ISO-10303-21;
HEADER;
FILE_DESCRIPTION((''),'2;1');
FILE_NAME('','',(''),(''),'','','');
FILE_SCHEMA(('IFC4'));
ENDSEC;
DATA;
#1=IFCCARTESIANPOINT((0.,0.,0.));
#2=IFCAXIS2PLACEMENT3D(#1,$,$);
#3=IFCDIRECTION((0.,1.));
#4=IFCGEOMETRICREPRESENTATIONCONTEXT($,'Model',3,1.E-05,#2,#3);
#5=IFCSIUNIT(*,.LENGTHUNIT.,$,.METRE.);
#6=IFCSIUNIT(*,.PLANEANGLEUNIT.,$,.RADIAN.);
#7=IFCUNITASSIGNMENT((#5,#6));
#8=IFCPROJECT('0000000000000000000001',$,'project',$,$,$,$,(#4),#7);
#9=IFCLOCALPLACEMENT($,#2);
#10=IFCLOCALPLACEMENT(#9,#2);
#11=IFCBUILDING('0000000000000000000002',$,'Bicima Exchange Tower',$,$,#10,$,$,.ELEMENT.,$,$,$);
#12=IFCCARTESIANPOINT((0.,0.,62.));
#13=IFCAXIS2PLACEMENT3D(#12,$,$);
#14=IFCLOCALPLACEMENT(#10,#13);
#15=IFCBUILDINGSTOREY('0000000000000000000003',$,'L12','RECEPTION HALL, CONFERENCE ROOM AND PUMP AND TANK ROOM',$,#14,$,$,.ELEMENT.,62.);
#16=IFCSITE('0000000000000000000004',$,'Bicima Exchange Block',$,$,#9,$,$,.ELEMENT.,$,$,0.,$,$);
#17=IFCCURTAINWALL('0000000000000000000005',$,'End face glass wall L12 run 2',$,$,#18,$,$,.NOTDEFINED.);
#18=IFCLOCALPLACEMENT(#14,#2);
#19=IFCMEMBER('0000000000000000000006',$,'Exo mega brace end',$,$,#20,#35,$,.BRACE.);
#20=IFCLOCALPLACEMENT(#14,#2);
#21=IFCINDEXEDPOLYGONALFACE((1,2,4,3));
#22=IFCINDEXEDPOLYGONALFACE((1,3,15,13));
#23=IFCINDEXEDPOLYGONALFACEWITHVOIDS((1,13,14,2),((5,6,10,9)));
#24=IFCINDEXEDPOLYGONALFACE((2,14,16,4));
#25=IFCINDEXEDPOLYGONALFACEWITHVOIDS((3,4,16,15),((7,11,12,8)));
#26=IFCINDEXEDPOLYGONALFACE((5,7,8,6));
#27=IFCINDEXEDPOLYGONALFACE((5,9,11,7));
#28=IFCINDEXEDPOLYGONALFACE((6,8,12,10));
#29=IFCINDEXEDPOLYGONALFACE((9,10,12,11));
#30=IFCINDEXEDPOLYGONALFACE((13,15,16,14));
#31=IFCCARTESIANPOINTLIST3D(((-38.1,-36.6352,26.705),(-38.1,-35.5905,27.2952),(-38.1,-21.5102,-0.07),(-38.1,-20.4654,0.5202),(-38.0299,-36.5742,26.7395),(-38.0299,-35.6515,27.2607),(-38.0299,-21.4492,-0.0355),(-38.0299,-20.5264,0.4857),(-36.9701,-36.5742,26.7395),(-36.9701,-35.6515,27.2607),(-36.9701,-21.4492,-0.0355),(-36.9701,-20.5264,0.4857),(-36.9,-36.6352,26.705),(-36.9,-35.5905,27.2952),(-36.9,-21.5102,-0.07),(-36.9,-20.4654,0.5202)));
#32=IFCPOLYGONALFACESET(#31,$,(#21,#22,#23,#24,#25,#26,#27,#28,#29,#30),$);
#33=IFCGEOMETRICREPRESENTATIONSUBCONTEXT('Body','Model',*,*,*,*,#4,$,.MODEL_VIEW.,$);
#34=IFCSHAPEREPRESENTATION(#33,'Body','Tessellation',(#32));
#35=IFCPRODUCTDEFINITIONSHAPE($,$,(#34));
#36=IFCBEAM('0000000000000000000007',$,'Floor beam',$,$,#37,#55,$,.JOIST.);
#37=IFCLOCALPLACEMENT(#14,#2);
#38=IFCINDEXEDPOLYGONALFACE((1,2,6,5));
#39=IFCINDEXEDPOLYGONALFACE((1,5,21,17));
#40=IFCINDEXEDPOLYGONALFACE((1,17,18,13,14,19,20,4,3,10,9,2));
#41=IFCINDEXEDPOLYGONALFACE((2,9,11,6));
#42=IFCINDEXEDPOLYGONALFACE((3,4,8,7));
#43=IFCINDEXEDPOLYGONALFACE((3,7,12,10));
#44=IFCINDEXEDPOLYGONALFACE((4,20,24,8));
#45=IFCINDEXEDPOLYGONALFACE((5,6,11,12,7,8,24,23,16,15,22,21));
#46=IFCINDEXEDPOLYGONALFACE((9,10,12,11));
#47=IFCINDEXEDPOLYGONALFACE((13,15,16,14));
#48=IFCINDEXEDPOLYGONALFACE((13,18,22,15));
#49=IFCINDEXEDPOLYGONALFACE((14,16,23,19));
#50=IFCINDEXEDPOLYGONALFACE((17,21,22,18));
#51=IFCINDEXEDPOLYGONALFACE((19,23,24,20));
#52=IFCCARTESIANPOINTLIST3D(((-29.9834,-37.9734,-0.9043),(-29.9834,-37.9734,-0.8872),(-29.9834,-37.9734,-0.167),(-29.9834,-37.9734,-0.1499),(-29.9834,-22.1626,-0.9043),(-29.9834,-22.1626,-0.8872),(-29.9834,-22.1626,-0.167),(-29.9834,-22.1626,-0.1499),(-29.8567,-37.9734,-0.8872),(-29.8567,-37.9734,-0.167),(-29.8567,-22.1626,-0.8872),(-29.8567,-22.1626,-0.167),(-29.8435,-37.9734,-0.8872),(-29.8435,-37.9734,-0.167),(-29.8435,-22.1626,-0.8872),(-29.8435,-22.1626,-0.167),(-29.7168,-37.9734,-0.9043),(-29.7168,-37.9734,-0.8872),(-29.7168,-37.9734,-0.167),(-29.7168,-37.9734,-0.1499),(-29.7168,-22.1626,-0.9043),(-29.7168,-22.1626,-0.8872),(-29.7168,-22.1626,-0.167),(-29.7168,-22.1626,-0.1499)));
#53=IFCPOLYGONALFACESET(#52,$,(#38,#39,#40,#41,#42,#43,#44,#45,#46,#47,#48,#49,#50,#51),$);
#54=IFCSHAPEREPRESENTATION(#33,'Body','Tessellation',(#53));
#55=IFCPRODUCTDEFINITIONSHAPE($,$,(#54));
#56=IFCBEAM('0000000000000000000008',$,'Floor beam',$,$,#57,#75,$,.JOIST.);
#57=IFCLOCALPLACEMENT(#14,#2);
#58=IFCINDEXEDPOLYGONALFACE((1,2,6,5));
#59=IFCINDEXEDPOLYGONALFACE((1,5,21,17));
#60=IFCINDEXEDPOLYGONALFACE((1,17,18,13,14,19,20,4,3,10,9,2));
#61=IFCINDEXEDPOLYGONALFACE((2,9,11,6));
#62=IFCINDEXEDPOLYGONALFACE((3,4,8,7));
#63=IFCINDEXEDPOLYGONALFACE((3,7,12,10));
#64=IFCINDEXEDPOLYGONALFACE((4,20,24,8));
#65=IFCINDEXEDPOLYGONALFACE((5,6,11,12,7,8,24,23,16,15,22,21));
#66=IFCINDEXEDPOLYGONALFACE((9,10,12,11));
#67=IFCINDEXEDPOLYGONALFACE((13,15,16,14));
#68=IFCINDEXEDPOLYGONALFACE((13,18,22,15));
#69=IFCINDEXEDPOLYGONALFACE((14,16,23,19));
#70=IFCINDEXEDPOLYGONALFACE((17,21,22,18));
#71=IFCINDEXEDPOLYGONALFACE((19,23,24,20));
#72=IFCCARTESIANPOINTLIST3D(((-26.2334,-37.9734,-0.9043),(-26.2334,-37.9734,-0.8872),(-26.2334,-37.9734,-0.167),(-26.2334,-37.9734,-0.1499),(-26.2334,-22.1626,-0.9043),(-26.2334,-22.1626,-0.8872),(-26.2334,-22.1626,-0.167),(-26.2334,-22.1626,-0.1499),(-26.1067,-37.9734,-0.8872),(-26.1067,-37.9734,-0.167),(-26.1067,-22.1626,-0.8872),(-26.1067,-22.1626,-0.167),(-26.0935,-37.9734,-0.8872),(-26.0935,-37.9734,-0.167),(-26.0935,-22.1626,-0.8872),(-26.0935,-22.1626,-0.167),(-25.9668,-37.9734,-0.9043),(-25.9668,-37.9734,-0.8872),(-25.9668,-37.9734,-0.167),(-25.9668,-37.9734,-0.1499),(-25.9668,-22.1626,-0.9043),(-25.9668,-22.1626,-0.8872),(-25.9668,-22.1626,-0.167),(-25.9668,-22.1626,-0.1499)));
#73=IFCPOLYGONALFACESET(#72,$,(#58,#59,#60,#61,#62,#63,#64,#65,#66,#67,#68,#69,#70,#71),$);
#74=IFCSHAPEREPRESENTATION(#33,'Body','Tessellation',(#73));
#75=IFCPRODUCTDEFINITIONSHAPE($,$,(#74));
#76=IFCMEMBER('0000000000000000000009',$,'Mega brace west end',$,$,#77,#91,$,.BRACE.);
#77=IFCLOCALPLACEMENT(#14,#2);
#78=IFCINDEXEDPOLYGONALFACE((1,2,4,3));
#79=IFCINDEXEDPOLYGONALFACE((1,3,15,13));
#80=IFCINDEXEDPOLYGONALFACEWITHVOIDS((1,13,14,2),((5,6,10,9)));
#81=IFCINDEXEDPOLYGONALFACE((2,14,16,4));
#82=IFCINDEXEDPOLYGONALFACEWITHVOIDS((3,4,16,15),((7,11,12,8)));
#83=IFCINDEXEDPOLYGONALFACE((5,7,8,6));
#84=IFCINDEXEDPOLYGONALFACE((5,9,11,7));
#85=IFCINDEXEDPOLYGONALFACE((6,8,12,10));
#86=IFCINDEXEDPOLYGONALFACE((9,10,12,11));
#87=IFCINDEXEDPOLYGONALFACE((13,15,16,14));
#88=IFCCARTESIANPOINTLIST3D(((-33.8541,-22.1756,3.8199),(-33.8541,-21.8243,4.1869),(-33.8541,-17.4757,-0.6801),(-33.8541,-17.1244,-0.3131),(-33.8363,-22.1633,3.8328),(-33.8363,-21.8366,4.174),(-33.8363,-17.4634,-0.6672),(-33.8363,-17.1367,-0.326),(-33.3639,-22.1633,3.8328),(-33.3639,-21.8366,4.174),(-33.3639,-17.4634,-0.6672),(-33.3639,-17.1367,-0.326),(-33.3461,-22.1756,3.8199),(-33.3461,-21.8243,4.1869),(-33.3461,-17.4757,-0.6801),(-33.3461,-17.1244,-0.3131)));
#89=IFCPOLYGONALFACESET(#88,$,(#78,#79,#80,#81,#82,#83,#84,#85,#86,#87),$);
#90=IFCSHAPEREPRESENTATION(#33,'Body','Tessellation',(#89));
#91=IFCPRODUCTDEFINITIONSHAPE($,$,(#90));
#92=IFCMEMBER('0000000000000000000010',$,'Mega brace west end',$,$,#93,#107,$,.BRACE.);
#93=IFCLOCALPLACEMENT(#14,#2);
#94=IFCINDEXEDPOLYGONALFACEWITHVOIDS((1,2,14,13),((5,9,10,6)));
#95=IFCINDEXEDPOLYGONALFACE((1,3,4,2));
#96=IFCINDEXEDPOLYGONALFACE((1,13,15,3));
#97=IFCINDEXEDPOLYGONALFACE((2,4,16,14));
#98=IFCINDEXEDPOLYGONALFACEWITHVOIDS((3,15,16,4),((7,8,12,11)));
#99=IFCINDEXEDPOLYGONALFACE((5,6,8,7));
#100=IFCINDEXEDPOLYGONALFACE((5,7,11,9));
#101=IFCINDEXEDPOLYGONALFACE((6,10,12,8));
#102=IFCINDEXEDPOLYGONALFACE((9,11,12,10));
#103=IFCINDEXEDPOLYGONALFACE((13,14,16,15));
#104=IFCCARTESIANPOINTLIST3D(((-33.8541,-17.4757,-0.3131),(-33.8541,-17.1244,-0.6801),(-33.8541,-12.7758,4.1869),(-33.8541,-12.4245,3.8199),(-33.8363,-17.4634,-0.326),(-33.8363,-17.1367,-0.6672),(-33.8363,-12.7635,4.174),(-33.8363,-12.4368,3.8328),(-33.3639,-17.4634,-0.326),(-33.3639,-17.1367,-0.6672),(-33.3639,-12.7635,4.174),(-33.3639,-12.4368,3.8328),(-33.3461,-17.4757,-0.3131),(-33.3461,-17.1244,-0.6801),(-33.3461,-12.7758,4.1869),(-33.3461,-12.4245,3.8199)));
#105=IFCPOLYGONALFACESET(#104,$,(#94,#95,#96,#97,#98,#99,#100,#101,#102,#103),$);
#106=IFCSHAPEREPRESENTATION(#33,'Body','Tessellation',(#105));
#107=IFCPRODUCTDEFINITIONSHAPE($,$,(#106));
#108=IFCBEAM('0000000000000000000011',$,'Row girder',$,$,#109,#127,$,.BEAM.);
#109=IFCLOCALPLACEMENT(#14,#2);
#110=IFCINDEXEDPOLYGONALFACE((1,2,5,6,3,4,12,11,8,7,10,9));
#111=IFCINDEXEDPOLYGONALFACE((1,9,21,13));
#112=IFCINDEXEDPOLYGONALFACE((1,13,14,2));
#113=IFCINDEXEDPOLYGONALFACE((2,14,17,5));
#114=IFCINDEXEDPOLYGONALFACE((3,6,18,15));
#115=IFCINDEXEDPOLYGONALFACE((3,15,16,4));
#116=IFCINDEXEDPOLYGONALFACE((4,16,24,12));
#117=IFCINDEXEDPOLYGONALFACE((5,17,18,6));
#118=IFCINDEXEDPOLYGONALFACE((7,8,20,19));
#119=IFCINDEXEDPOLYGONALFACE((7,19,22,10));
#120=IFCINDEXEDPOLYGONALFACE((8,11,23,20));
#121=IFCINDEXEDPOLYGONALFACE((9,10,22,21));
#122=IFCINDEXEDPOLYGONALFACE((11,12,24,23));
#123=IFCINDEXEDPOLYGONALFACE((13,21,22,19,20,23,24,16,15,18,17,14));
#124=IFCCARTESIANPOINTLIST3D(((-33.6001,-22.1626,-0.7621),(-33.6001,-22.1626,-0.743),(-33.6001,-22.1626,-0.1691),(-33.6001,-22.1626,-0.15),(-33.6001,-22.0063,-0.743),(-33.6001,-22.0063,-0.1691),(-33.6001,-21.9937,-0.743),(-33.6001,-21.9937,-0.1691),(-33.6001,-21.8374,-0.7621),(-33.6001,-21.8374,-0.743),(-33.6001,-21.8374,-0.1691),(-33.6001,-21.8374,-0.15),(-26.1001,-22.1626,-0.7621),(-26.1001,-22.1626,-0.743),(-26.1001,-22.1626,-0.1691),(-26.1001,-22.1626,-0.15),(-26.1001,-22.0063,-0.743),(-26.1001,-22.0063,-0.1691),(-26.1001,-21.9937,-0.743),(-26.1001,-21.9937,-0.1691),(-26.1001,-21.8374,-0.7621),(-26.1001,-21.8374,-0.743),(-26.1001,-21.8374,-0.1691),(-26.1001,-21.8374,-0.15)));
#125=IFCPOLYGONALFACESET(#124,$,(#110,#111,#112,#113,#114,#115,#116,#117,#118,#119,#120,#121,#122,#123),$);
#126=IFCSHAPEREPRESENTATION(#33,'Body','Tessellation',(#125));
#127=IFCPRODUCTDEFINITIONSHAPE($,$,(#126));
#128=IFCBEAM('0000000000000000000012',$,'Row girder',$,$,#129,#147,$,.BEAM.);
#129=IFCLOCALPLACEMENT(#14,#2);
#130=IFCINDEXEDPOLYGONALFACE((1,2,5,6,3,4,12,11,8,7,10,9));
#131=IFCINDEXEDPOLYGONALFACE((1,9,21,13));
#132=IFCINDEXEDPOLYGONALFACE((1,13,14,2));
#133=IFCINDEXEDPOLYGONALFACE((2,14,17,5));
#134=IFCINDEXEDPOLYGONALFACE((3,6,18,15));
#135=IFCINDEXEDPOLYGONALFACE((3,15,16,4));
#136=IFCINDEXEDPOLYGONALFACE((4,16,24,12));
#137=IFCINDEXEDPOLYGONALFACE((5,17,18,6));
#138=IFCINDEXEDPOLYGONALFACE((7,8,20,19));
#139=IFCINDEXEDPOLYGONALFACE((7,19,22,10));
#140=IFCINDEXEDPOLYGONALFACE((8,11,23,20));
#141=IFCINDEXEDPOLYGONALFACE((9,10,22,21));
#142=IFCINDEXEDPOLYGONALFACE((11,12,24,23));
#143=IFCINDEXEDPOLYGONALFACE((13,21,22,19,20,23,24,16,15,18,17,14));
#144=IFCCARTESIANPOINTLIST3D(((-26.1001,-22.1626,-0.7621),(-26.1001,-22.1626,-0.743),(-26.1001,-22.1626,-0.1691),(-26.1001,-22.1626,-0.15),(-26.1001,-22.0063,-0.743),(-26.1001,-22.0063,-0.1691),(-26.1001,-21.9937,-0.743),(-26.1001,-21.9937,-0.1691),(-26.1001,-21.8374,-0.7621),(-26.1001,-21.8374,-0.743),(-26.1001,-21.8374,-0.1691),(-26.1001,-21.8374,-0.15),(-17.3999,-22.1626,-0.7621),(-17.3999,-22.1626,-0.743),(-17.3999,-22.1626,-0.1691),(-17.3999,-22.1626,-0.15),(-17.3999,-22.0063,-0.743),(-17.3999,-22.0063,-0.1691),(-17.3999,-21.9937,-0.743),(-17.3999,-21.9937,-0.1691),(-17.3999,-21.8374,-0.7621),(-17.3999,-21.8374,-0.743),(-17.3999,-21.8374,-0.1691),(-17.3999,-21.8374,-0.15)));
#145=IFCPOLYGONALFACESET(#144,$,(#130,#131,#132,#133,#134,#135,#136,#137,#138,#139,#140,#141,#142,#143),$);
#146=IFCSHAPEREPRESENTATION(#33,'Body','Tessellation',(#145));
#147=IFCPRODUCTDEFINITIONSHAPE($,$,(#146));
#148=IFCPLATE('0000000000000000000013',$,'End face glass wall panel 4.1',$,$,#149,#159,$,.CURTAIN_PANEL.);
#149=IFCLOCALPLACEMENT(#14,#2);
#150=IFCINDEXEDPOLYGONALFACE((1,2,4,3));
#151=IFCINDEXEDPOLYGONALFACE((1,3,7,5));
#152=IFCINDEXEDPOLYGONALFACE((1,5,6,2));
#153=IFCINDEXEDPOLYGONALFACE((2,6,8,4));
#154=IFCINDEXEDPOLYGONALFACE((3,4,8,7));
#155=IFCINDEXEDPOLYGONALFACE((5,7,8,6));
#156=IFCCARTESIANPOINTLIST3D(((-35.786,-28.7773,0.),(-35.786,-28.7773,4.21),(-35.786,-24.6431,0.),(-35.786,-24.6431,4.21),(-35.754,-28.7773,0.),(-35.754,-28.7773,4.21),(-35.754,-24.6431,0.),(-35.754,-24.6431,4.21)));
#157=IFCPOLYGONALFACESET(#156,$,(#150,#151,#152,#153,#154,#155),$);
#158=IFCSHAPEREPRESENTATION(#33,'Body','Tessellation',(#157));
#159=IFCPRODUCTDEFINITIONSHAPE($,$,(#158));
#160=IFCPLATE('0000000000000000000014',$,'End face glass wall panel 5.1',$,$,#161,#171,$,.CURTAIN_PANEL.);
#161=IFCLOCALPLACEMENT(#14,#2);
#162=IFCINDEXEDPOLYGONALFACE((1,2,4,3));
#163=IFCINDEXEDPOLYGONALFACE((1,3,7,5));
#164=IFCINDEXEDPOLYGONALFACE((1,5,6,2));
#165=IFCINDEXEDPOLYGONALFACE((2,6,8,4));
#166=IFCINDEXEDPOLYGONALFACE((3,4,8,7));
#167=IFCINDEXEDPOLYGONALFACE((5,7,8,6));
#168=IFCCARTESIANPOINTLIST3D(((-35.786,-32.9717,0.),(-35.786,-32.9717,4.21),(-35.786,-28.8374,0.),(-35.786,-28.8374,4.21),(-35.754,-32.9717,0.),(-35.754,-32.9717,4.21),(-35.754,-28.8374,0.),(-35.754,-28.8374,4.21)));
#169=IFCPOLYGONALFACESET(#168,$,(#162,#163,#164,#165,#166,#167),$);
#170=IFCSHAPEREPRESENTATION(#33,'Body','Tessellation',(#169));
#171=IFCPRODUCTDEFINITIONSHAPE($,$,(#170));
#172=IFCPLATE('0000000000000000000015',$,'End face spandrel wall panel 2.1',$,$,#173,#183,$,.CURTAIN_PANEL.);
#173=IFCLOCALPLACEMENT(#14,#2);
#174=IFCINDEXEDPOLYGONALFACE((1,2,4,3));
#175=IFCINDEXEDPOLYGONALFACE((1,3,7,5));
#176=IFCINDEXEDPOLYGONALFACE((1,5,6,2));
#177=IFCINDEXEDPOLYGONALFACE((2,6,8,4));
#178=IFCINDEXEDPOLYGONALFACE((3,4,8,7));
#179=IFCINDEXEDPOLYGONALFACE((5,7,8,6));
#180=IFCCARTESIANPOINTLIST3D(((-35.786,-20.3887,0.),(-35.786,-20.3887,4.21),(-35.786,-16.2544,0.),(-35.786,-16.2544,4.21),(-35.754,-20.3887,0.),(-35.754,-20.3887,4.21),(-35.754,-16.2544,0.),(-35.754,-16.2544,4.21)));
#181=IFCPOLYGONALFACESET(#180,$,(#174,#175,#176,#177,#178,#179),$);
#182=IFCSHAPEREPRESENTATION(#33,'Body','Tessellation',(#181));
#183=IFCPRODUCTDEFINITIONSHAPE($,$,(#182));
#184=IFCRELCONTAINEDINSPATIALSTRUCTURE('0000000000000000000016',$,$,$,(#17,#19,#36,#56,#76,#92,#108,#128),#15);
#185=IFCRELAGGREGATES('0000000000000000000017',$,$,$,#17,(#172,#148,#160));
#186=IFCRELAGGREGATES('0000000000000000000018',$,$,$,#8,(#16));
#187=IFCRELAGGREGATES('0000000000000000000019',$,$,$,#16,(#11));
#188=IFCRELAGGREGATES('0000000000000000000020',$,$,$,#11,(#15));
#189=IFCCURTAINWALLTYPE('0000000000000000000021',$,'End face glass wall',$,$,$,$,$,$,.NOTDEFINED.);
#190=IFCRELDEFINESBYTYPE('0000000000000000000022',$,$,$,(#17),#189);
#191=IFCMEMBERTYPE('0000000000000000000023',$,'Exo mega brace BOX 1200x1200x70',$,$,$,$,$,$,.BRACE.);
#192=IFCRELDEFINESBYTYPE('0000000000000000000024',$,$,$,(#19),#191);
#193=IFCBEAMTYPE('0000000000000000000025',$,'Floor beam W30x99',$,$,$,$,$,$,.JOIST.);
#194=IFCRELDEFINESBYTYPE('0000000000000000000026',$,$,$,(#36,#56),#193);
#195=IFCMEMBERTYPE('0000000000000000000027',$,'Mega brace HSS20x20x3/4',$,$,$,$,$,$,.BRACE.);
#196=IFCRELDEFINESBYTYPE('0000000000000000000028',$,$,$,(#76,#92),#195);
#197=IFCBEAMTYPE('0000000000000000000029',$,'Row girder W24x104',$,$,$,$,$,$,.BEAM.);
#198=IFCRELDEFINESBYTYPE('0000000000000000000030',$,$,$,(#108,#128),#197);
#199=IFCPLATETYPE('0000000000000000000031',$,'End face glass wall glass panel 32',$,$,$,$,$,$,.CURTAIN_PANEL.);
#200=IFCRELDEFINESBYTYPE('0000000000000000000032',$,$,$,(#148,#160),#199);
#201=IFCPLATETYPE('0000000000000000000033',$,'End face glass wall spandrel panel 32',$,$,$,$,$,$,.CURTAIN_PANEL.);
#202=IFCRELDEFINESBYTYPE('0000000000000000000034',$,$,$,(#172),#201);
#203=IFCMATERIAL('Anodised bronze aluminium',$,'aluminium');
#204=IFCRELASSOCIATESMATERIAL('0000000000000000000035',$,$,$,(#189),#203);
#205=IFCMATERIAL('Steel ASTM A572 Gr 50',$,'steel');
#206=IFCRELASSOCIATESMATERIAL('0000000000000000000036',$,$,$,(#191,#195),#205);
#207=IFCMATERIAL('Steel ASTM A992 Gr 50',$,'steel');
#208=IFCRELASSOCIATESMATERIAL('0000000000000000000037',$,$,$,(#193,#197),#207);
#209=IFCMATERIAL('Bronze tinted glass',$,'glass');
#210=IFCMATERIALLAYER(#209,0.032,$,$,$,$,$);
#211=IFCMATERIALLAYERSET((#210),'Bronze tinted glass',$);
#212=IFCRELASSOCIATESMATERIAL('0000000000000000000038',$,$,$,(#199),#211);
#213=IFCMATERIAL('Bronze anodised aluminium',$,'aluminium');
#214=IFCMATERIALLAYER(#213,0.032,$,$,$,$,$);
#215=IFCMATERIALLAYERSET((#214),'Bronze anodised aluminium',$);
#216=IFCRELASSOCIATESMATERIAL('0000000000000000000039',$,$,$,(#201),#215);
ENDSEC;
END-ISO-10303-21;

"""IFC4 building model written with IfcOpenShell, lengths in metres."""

from ifc_helpers import new_model, si_unit, direction, frame, origin, origin_2d, place, context, subcontext, project, spatial, rectangle, hollow_rectangle, i_section, extrude, material, layer, layer_set, material_profile, profile_set, type_object, element, aggregate, save


model = new_model("IFC4")

# Units and contexts
model_context = context("Model", 3, precision=1e-05, world=origin(), true_north=direction((0.0, 1.0)))
body_context = subcontext(model_context, "Body", "Model", "MODEL_VIEW")
ifc_project = project(units=[si_unit("LENGTHUNIT", "METRE"), si_unit("PLANEANGLEUNIT", "RADIAN")], contexts=[model_context])

# Site, building, storey
site_placement = place(None, origin())
site = spatial("IfcSite", under=ifc_project, at=site_placement, Name="Bicima Exchange Block", CompositionType="ELEMENT", RefElevation=0.0)
building_placement = place(site_placement, origin())
building = spatial("IfcBuilding", under=site, at=building_placement, Name="Bicima Exchange Tower", CompositionType="ELEMENT")
storey_placement = place(building_placement, frame((0.0, 0.0, 62.0)))
storey = spatial("IfcBuildingStorey", under=building, at=storey_placement, Name="L12", Description="RECEPTION HALL, CONFERENCE ROOM AND PUMP AND TANK ROOM", CompositionType="ELEMENT", Elevation=62.0)

# Shared definitions
ifc_material_1 = material(Name="Steel ASTM A992 Gr 50", Category="steel")

# Curtain wall
ifc_material_2 = material(Name="Anodised bronze aluminium", Category="aluminium")
curtain_wall_type = type_object("IfcCurtainWallType", Name="End face glass wall", PredefinedType="NOTDEFINED", material=ifc_material_2)
curtain_wall_placement = place(storey_placement, origin())
curtain_wall = element("IfcCurtainWall", 1, at=curtain_wall_placement, inside=storey, type_object=curtain_wall_type, Name="End face glass wall L12 run 2", PredefinedType="NOTDEFINED")

# Member
ifc_material_3 = material(Name="Steel ASTM A572 Gr 50", Category="steel")
ifc_material_profile_1 = material_profile(ifc_material_3, hollow_rectangle(XDim=1.2, YDim=1.2, WallThickness=0.0701, at=origin_2d()))
ifc_profile_set_1 = profile_set([ifc_material_profile_1], Name="Steel ASTM A572 Gr 50")
member_type_1 = type_object("IfcMemberType", Name="Exo mega brace BOX 1200x1200x70", PredefinedType="BRACE", material=ifc_profile_set_1)
member_1_placement = place(storey_placement, frame((-37.5, -20.9878, 0.2251), z_axis=(0.0, -0.491844, 0.870683), x_axis=(1.0, 0.0, 0.0)))
element("IfcMember", 2, at=member_1_placement, inside=storey, type_object=member_type_1, Name="Exo mega brace end", PredefinedType="BRACE", context=body_context, shape_type="SweptSolid", body=[
    extrude(hollow_rectangle(XDim=1.2, YDim=1.2, WallThickness=0.0701, at=origin_2d()), origin(), (0.0, 0.0, 1.0), 30.7517),
])

# Beams
ifc_material_profile_2 = material_profile(ifc_material_1, i_section(OverallWidth=0.2666, OverallDepth=0.7544, WebThickness=0.0132, FlangeThickness=0.0171, at=origin_2d()))
ifc_profile_set_2 = profile_set([ifc_material_profile_2], Name="Steel ASTM A992 Gr 50")
beam_type_1 = type_object("IfcBeamType", Name="Floor beam W30x99", PredefinedType="JOIST", material=ifc_profile_set_2)
for number, where, z_axis, x_axis, name in (
    (3, (-29.8501, -22.1626, -0.5271), (0.0, -1.0, 0.0), (1.0, 0.0, 0.0), "Floor beam"),
    (4, (-26.1001, -22.1626, -0.5271), (0.0, -1.0, 0.0), (1.0, 0.0, 0.0), "Floor beam"),
):
    element("IfcBeam", number, at=place(storey_placement, frame(where, z_axis=z_axis, x_axis=x_axis)), inside=storey, type_object=beam_type_1, Name=name, PredefinedType="JOIST", context=body_context, shape_type="SweptSolid", body=[
        extrude(i_section(OverallWidth=0.2666, OverallDepth=0.7544, WebThickness=0.0132, FlangeThickness=0.0171, at=origin_2d()), origin(), (0.0, 0.0, 1.0), 15.8108),
    ])

# Members
ifc_material_profile_3 = material_profile(ifc_material_3, hollow_rectangle(XDim=0.5081, YDim=0.5081, WallThickness=0.0178, at=origin_2d()))
ifc_profile_set_3 = profile_set([ifc_material_profile_3], Name="Steel ASTM A572 Gr 50")
member_type_2 = type_object("IfcMemberType", Name="Mega brace HSS20x20x3/4", PredefinedType="BRACE", material=ifc_profile_set_3)
for number, where, z_axis, x_axis, name in (
    (5, (-33.6001, -17.3, -0.4966), (0.0, -0.722304, 0.691575), (1.0, 0.0, 0.0), "Mega brace west end"),
    (6, (-33.6001, -17.3, -0.4966), (0.0, 0.722304, 0.691575), (-1.0, 0.0, 0.0), "Mega brace west end"),
):
    element("IfcMember", number, at=place(storey_placement, frame(where, z_axis=z_axis, x_axis=x_axis)), inside=storey, type_object=member_type_2, Name=name, PredefinedType="BRACE", context=body_context, shape_type="SweptSolid", body=[
        extrude(hollow_rectangle(XDim=0.5081, YDim=0.5081, WallThickness=0.0178, at=origin_2d()), origin(), (0.0, 0.0, 1.0), 6.5068),
    ])

# Beams
ifc_material_profile_4 = material_profile(ifc_material_1, i_section(OverallWidth=0.3252, OverallDepth=0.6121, WebThickness=0.0127, FlangeThickness=0.019, at=origin_2d()))
ifc_profile_set_4 = profile_set([ifc_material_profile_4], Name="Steel ASTM A992 Gr 50")
beam_type_2 = type_object("IfcBeamType", Name="Row girder W24x104", PredefinedType="BEAM", material=ifc_profile_set_4)
beam_1_placement = place(storey_placement, frame((-33.6001, -22.0, -0.4561), z_axis=(1.0, 0.0, 0.0), x_axis=(0.0, 1.0, 0.0)))
element("IfcBeam", 7, at=beam_1_placement, inside=storey, type_object=beam_type_2, Name="Row girder", PredefinedType="BEAM", context=body_context, shape_type="SweptSolid", body=[
    extrude(i_section(OverallWidth=0.3252, OverallDepth=0.6121, WebThickness=0.0127, FlangeThickness=0.019, at=origin_2d()), origin(), (0.0, 0.0, 1.0), 7.5),
])
beam_2_placement = place(storey_placement, frame((-26.1001, -22.0, -0.4561), z_axis=(1.0, 0.0, 0.0), x_axis=(0.0, 1.0, 0.0)))
element("IfcBeam", 8, at=beam_2_placement, inside=storey, type_object=beam_type_2, Name="Row girder", PredefinedType="BEAM", context=body_context, shape_type="SweptSolid", body=[
    extrude(i_section(OverallWidth=0.3252, OverallDepth=0.6121, WebThickness=0.0127, FlangeThickness=0.019, at=origin_2d()), origin(), (0.0, 0.0, 1.0), 8.7002),
])

# Plates
ifc_material_4 = material(Name="Bronze tinted glass", Category="glass")
ifc_layer_1 = layer(ifc_material_4, 0.032)
ifc_layer_set_1 = layer_set([ifc_layer_1], Name="Bronze tinted glass")
plate_type_1 = type_object("IfcPlateType", Name="End face glass wall glass panel 32", PredefinedType="CURTAIN_PANEL", material=ifc_layer_set_1)
plate_1_placement = place(storey_placement, frame((-35.77, -26.7102, 0.0), z_axis=(0.0, 0.0, 1.0), x_axis=(0.0, -1.0, 0.0)))
plate_1 = element("IfcPlate", 9, at=plate_1_placement, type_object=plate_type_1, Name="End face glass wall panel 4.1", PredefinedType="CURTAIN_PANEL", context=body_context, shape_type="SweptSolid", body=[
    extrude(rectangle(XDim=4.1343, YDim=0.032, at=origin_2d()), origin(), (0.0, 0.0, 1.0), 4.21),
])
plate_2_placement = place(storey_placement, frame((-35.77, -30.9045, 0.0), z_axis=(0.0, 0.0, 1.0), x_axis=(0.0, -1.0, 0.0)))
plate_2 = element("IfcPlate", 10, at=plate_2_placement, type_object=plate_type_1, Name="End face glass wall panel 5.1", PredefinedType="CURTAIN_PANEL", context=body_context, shape_type="SweptSolid", body=[
    extrude(rectangle(XDim=4.1343, YDim=0.032, at=origin_2d()), origin(), (0.0, 0.0, 1.0), 4.21),
])
ifc_material_5 = material(Name="Bronze anodised aluminium", Category="aluminium")
ifc_layer_2 = layer(ifc_material_5, 0.032)
ifc_layer_set_2 = layer_set([ifc_layer_2], Name="Bronze anodised aluminium")
plate_type_2 = type_object("IfcPlateType", Name="End face glass wall spandrel panel 32", PredefinedType="CURTAIN_PANEL", material=ifc_layer_set_2)
plate_3_placement = place(storey_placement, frame((-35.77, -18.3215, 0.0), z_axis=(0.0, 0.0, 1.0), x_axis=(0.0, -1.0, 0.0)))
plate_3 = element("IfcPlate", 11, at=plate_3_placement, type_object=plate_type_2, Name="End face spandrel wall panel 2.1", PredefinedType="CURTAIN_PANEL", context=body_context, shape_type="SweptSolid", body=[
    extrude(rectangle(XDim=4.1343, YDim=0.032, at=origin_2d()), origin(), (0.0, 0.0, 1.0), 4.21),
])
aggregate(curtain_wall, [plate_3, plate_1, plate_2])

save(model, "model.ifc")
